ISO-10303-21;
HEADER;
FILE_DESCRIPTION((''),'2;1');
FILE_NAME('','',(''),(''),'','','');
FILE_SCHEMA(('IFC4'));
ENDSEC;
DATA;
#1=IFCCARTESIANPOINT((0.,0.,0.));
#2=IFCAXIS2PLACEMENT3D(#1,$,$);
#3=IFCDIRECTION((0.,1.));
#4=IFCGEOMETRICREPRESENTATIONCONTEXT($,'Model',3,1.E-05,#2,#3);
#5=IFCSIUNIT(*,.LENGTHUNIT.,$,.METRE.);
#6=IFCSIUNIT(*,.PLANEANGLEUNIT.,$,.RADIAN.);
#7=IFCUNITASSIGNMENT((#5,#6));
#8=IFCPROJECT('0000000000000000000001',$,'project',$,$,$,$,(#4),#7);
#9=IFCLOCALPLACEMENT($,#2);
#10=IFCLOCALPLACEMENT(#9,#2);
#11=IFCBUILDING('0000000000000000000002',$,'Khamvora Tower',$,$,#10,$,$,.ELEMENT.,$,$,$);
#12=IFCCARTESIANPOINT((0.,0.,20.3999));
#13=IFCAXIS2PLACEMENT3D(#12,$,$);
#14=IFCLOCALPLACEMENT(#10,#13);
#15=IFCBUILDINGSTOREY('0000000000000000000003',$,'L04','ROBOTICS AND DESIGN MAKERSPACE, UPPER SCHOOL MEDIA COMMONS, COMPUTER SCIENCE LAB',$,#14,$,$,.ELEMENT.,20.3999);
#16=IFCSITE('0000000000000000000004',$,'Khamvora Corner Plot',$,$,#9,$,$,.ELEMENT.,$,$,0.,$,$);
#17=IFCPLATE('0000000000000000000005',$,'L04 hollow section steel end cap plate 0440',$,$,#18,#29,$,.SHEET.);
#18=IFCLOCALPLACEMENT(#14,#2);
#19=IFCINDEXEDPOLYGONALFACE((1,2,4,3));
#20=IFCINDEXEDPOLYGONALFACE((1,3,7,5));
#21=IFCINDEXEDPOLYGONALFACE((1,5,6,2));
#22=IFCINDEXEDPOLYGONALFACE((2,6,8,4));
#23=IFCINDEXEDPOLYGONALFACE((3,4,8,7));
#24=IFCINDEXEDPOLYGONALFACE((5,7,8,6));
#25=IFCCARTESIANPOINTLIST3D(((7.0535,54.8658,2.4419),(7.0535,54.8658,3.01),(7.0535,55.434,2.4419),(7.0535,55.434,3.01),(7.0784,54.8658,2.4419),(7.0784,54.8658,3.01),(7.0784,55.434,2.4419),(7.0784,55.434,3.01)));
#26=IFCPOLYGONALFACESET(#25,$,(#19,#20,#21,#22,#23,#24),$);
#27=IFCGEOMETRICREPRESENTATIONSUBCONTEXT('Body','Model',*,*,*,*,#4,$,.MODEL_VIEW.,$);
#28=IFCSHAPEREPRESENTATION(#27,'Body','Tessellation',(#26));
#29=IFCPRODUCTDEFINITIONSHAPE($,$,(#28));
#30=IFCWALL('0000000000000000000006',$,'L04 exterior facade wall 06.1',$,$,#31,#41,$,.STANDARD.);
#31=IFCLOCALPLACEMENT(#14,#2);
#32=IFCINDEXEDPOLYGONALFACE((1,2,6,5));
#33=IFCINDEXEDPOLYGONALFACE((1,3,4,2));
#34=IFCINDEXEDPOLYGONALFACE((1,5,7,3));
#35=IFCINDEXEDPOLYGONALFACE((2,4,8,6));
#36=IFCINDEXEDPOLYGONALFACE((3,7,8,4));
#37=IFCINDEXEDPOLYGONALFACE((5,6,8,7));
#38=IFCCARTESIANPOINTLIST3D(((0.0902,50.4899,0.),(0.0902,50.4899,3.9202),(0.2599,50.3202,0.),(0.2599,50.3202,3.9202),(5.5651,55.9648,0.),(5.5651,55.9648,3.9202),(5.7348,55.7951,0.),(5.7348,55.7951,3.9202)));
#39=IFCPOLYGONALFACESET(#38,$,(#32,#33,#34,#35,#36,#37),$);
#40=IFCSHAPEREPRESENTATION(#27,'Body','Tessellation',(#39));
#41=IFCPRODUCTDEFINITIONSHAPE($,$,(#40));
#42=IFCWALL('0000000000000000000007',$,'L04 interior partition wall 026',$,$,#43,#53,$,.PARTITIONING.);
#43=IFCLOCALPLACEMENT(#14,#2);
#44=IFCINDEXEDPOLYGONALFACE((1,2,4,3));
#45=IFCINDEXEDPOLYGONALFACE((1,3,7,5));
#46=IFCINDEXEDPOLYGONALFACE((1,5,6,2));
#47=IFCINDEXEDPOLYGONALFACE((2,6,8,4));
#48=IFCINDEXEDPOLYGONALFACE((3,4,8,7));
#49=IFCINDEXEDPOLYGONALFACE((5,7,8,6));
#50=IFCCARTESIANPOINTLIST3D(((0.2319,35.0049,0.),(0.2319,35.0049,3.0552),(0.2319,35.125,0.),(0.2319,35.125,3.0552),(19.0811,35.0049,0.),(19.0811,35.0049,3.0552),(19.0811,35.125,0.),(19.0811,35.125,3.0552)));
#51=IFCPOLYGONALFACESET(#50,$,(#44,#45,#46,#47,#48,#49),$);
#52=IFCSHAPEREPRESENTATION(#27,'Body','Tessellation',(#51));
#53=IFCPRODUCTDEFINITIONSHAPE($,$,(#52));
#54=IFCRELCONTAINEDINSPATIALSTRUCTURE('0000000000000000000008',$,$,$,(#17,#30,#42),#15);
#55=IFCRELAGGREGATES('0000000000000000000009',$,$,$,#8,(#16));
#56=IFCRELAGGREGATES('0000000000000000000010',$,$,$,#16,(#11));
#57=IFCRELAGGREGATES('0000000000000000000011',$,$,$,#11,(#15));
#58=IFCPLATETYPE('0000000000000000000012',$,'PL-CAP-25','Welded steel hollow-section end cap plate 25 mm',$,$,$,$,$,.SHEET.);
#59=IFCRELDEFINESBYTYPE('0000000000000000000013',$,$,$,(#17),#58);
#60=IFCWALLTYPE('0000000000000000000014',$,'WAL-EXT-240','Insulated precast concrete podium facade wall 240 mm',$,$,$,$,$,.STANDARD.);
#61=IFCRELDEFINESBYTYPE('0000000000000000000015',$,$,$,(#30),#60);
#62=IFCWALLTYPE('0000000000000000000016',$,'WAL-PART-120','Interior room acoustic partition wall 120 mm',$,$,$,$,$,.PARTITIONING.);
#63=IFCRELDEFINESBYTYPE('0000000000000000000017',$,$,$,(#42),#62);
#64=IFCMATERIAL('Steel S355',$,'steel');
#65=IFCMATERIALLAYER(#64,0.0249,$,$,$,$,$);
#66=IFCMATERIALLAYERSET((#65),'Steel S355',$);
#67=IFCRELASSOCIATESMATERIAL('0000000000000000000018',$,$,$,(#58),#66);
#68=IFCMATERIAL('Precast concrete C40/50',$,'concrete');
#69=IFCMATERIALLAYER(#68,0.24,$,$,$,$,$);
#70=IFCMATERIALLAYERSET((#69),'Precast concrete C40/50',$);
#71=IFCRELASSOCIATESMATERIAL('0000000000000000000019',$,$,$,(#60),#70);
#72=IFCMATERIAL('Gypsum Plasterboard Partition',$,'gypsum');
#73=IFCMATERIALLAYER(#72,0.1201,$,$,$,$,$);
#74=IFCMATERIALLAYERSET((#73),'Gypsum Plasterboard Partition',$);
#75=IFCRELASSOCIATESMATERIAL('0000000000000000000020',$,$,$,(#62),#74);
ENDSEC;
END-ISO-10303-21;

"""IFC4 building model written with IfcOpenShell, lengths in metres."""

from ifc_helpers import new_model, si_unit, direction, frame, frame_2d, origin, origin_2d, place, context, subcontext, project, spatial, rectangle, extrude, material, layer, layer_set, type_object, element, save


model = new_model("IFC4")

# Units and contexts
model_context = context("Model", 3, precision=1e-05, world=origin(), true_north=direction((0.0, 1.0)))
body_context = subcontext(model_context, "Body", "Model", "MODEL_VIEW")
ifc_project = project(units=[si_unit("LENGTHUNIT", "METRE"), si_unit("PLANEANGLEUNIT", "RADIAN")], contexts=[model_context])

# Site, building, storey
site_placement = place(None, origin())
site = spatial("IfcSite", under=ifc_project, at=site_placement, Name="Khamvora Corner Plot", CompositionType="ELEMENT", RefElevation=0.0)
building_placement = place(site_placement, origin())
building = spatial("IfcBuilding", under=site, at=building_placement, Name="Khamvora Tower", CompositionType="ELEMENT")
storey_placement = place(building_placement, frame((0.0, 0.0, 20.3999)))
storey = spatial("IfcBuildingStorey", under=building, at=storey_placement, Name="L04", Description="ROBOTICS AND DESIGN MAKERSPACE, UPPER SCHOOL MEDIA COMMONS, COMPUTER SCIENCE LAB", CompositionType="ELEMENT", Elevation=20.3999)

# Shared definitions
ifc_material_1 = material(Name="Steel S355", Category="steel")

# Plate
ifc_layer_1 = layer(ifc_material_1, 0.0249)
ifc_layer_set_1 = layer_set([ifc_layer_1], Name="Steel S355")
plate_type = type_object("IfcPlateType", Name="PL-CAP-25", Description="Welded steel hollow-section end cap plate 25 mm", PredefinedType="SHEET", material=ifc_layer_set_1)
plate_placement = place(storey_placement, frame((7.0659, 55.1499, 2.4419), z_axis=(0.0, 0.0, 1.0), x_axis=(1.0, 0.0, 0.0)))
element("IfcPlate", 1, at=plate_placement, inside=storey, type_object=plate_type, Name="L04 hollow section steel end cap plate 0440", PredefinedType="SHEET", context=body_context, shape_type="SweptSolid", body=[
    extrude(rectangle(XDim=0.0249, YDim=0.5681, at=origin_2d()), origin(), (0.0, 0.0, 1.0), 0.5681),
])

# Walls
ifc_material_2 = material(Name="Precast concrete C40/50", Category="concrete")
ifc_layer_2 = layer(ifc_material_2, 0.24)
ifc_layer_set_2 = layer_set([ifc_layer_2], Name="Precast concrete C40/50")
wall_type_1 = type_object("IfcWallType", Name="WAL-EXT-240", Description="Insulated precast concrete podium facade wall 240 mm", PredefinedType="STANDARD", material=ifc_layer_set_2)
wall_1_placement = place(storey_placement, frame((0.175, 50.405, 0.0), z_axis=(0.0, 0.0, 1.0), x_axis=(0.707107, 0.707107, 0.0)))
element("IfcWall", 2, at=wall_1_placement, inside=storey, type_object=wall_type_1, Name="L04 exterior facade wall 06.1", PredefinedType="STANDARD", context=body_context, shape_type="SweptSolid", body=[
    extrude(rectangle(XDim=7.7427, YDim=0.24, at=frame_2d((3.8713, 0.0))), origin(), (0.0, 0.0, 1.0), 3.9202),
])
ifc_material_3 = material(Name="Gypsum Plasterboard Partition", Category="gypsum")
ifc_layer_3 = layer(ifc_material_3, 0.1201)
ifc_layer_set_3 = layer_set([ifc_layer_3], Name="Gypsum Plasterboard Partition")
wall_type_2 = type_object("IfcWallType", Name="WAL-PART-120", Description="Interior room acoustic partition wall 120 mm", PredefinedType="PARTITIONING", material=ifc_layer_set_3)
wall_2_placement = place(storey_placement, frame((0.2319, 35.0649, 0.0), z_axis=(0.0, 0.0, 1.0), x_axis=(1.0, 0.0, 0.0)))
element("IfcWall", 3, at=wall_2_placement, inside=storey, type_object=wall_type_2, Name="L04 interior partition wall 026", PredefinedType="PARTITIONING", context=body_context, shape_type="SweptSolid", body=[
    extrude(rectangle(XDim=18.8491, YDim=0.1201, at=frame_2d((9.4246, 0.0))), origin(), (0.0, 0.0, 1.0), 3.0552),
])

save(model, "model.ifc")
